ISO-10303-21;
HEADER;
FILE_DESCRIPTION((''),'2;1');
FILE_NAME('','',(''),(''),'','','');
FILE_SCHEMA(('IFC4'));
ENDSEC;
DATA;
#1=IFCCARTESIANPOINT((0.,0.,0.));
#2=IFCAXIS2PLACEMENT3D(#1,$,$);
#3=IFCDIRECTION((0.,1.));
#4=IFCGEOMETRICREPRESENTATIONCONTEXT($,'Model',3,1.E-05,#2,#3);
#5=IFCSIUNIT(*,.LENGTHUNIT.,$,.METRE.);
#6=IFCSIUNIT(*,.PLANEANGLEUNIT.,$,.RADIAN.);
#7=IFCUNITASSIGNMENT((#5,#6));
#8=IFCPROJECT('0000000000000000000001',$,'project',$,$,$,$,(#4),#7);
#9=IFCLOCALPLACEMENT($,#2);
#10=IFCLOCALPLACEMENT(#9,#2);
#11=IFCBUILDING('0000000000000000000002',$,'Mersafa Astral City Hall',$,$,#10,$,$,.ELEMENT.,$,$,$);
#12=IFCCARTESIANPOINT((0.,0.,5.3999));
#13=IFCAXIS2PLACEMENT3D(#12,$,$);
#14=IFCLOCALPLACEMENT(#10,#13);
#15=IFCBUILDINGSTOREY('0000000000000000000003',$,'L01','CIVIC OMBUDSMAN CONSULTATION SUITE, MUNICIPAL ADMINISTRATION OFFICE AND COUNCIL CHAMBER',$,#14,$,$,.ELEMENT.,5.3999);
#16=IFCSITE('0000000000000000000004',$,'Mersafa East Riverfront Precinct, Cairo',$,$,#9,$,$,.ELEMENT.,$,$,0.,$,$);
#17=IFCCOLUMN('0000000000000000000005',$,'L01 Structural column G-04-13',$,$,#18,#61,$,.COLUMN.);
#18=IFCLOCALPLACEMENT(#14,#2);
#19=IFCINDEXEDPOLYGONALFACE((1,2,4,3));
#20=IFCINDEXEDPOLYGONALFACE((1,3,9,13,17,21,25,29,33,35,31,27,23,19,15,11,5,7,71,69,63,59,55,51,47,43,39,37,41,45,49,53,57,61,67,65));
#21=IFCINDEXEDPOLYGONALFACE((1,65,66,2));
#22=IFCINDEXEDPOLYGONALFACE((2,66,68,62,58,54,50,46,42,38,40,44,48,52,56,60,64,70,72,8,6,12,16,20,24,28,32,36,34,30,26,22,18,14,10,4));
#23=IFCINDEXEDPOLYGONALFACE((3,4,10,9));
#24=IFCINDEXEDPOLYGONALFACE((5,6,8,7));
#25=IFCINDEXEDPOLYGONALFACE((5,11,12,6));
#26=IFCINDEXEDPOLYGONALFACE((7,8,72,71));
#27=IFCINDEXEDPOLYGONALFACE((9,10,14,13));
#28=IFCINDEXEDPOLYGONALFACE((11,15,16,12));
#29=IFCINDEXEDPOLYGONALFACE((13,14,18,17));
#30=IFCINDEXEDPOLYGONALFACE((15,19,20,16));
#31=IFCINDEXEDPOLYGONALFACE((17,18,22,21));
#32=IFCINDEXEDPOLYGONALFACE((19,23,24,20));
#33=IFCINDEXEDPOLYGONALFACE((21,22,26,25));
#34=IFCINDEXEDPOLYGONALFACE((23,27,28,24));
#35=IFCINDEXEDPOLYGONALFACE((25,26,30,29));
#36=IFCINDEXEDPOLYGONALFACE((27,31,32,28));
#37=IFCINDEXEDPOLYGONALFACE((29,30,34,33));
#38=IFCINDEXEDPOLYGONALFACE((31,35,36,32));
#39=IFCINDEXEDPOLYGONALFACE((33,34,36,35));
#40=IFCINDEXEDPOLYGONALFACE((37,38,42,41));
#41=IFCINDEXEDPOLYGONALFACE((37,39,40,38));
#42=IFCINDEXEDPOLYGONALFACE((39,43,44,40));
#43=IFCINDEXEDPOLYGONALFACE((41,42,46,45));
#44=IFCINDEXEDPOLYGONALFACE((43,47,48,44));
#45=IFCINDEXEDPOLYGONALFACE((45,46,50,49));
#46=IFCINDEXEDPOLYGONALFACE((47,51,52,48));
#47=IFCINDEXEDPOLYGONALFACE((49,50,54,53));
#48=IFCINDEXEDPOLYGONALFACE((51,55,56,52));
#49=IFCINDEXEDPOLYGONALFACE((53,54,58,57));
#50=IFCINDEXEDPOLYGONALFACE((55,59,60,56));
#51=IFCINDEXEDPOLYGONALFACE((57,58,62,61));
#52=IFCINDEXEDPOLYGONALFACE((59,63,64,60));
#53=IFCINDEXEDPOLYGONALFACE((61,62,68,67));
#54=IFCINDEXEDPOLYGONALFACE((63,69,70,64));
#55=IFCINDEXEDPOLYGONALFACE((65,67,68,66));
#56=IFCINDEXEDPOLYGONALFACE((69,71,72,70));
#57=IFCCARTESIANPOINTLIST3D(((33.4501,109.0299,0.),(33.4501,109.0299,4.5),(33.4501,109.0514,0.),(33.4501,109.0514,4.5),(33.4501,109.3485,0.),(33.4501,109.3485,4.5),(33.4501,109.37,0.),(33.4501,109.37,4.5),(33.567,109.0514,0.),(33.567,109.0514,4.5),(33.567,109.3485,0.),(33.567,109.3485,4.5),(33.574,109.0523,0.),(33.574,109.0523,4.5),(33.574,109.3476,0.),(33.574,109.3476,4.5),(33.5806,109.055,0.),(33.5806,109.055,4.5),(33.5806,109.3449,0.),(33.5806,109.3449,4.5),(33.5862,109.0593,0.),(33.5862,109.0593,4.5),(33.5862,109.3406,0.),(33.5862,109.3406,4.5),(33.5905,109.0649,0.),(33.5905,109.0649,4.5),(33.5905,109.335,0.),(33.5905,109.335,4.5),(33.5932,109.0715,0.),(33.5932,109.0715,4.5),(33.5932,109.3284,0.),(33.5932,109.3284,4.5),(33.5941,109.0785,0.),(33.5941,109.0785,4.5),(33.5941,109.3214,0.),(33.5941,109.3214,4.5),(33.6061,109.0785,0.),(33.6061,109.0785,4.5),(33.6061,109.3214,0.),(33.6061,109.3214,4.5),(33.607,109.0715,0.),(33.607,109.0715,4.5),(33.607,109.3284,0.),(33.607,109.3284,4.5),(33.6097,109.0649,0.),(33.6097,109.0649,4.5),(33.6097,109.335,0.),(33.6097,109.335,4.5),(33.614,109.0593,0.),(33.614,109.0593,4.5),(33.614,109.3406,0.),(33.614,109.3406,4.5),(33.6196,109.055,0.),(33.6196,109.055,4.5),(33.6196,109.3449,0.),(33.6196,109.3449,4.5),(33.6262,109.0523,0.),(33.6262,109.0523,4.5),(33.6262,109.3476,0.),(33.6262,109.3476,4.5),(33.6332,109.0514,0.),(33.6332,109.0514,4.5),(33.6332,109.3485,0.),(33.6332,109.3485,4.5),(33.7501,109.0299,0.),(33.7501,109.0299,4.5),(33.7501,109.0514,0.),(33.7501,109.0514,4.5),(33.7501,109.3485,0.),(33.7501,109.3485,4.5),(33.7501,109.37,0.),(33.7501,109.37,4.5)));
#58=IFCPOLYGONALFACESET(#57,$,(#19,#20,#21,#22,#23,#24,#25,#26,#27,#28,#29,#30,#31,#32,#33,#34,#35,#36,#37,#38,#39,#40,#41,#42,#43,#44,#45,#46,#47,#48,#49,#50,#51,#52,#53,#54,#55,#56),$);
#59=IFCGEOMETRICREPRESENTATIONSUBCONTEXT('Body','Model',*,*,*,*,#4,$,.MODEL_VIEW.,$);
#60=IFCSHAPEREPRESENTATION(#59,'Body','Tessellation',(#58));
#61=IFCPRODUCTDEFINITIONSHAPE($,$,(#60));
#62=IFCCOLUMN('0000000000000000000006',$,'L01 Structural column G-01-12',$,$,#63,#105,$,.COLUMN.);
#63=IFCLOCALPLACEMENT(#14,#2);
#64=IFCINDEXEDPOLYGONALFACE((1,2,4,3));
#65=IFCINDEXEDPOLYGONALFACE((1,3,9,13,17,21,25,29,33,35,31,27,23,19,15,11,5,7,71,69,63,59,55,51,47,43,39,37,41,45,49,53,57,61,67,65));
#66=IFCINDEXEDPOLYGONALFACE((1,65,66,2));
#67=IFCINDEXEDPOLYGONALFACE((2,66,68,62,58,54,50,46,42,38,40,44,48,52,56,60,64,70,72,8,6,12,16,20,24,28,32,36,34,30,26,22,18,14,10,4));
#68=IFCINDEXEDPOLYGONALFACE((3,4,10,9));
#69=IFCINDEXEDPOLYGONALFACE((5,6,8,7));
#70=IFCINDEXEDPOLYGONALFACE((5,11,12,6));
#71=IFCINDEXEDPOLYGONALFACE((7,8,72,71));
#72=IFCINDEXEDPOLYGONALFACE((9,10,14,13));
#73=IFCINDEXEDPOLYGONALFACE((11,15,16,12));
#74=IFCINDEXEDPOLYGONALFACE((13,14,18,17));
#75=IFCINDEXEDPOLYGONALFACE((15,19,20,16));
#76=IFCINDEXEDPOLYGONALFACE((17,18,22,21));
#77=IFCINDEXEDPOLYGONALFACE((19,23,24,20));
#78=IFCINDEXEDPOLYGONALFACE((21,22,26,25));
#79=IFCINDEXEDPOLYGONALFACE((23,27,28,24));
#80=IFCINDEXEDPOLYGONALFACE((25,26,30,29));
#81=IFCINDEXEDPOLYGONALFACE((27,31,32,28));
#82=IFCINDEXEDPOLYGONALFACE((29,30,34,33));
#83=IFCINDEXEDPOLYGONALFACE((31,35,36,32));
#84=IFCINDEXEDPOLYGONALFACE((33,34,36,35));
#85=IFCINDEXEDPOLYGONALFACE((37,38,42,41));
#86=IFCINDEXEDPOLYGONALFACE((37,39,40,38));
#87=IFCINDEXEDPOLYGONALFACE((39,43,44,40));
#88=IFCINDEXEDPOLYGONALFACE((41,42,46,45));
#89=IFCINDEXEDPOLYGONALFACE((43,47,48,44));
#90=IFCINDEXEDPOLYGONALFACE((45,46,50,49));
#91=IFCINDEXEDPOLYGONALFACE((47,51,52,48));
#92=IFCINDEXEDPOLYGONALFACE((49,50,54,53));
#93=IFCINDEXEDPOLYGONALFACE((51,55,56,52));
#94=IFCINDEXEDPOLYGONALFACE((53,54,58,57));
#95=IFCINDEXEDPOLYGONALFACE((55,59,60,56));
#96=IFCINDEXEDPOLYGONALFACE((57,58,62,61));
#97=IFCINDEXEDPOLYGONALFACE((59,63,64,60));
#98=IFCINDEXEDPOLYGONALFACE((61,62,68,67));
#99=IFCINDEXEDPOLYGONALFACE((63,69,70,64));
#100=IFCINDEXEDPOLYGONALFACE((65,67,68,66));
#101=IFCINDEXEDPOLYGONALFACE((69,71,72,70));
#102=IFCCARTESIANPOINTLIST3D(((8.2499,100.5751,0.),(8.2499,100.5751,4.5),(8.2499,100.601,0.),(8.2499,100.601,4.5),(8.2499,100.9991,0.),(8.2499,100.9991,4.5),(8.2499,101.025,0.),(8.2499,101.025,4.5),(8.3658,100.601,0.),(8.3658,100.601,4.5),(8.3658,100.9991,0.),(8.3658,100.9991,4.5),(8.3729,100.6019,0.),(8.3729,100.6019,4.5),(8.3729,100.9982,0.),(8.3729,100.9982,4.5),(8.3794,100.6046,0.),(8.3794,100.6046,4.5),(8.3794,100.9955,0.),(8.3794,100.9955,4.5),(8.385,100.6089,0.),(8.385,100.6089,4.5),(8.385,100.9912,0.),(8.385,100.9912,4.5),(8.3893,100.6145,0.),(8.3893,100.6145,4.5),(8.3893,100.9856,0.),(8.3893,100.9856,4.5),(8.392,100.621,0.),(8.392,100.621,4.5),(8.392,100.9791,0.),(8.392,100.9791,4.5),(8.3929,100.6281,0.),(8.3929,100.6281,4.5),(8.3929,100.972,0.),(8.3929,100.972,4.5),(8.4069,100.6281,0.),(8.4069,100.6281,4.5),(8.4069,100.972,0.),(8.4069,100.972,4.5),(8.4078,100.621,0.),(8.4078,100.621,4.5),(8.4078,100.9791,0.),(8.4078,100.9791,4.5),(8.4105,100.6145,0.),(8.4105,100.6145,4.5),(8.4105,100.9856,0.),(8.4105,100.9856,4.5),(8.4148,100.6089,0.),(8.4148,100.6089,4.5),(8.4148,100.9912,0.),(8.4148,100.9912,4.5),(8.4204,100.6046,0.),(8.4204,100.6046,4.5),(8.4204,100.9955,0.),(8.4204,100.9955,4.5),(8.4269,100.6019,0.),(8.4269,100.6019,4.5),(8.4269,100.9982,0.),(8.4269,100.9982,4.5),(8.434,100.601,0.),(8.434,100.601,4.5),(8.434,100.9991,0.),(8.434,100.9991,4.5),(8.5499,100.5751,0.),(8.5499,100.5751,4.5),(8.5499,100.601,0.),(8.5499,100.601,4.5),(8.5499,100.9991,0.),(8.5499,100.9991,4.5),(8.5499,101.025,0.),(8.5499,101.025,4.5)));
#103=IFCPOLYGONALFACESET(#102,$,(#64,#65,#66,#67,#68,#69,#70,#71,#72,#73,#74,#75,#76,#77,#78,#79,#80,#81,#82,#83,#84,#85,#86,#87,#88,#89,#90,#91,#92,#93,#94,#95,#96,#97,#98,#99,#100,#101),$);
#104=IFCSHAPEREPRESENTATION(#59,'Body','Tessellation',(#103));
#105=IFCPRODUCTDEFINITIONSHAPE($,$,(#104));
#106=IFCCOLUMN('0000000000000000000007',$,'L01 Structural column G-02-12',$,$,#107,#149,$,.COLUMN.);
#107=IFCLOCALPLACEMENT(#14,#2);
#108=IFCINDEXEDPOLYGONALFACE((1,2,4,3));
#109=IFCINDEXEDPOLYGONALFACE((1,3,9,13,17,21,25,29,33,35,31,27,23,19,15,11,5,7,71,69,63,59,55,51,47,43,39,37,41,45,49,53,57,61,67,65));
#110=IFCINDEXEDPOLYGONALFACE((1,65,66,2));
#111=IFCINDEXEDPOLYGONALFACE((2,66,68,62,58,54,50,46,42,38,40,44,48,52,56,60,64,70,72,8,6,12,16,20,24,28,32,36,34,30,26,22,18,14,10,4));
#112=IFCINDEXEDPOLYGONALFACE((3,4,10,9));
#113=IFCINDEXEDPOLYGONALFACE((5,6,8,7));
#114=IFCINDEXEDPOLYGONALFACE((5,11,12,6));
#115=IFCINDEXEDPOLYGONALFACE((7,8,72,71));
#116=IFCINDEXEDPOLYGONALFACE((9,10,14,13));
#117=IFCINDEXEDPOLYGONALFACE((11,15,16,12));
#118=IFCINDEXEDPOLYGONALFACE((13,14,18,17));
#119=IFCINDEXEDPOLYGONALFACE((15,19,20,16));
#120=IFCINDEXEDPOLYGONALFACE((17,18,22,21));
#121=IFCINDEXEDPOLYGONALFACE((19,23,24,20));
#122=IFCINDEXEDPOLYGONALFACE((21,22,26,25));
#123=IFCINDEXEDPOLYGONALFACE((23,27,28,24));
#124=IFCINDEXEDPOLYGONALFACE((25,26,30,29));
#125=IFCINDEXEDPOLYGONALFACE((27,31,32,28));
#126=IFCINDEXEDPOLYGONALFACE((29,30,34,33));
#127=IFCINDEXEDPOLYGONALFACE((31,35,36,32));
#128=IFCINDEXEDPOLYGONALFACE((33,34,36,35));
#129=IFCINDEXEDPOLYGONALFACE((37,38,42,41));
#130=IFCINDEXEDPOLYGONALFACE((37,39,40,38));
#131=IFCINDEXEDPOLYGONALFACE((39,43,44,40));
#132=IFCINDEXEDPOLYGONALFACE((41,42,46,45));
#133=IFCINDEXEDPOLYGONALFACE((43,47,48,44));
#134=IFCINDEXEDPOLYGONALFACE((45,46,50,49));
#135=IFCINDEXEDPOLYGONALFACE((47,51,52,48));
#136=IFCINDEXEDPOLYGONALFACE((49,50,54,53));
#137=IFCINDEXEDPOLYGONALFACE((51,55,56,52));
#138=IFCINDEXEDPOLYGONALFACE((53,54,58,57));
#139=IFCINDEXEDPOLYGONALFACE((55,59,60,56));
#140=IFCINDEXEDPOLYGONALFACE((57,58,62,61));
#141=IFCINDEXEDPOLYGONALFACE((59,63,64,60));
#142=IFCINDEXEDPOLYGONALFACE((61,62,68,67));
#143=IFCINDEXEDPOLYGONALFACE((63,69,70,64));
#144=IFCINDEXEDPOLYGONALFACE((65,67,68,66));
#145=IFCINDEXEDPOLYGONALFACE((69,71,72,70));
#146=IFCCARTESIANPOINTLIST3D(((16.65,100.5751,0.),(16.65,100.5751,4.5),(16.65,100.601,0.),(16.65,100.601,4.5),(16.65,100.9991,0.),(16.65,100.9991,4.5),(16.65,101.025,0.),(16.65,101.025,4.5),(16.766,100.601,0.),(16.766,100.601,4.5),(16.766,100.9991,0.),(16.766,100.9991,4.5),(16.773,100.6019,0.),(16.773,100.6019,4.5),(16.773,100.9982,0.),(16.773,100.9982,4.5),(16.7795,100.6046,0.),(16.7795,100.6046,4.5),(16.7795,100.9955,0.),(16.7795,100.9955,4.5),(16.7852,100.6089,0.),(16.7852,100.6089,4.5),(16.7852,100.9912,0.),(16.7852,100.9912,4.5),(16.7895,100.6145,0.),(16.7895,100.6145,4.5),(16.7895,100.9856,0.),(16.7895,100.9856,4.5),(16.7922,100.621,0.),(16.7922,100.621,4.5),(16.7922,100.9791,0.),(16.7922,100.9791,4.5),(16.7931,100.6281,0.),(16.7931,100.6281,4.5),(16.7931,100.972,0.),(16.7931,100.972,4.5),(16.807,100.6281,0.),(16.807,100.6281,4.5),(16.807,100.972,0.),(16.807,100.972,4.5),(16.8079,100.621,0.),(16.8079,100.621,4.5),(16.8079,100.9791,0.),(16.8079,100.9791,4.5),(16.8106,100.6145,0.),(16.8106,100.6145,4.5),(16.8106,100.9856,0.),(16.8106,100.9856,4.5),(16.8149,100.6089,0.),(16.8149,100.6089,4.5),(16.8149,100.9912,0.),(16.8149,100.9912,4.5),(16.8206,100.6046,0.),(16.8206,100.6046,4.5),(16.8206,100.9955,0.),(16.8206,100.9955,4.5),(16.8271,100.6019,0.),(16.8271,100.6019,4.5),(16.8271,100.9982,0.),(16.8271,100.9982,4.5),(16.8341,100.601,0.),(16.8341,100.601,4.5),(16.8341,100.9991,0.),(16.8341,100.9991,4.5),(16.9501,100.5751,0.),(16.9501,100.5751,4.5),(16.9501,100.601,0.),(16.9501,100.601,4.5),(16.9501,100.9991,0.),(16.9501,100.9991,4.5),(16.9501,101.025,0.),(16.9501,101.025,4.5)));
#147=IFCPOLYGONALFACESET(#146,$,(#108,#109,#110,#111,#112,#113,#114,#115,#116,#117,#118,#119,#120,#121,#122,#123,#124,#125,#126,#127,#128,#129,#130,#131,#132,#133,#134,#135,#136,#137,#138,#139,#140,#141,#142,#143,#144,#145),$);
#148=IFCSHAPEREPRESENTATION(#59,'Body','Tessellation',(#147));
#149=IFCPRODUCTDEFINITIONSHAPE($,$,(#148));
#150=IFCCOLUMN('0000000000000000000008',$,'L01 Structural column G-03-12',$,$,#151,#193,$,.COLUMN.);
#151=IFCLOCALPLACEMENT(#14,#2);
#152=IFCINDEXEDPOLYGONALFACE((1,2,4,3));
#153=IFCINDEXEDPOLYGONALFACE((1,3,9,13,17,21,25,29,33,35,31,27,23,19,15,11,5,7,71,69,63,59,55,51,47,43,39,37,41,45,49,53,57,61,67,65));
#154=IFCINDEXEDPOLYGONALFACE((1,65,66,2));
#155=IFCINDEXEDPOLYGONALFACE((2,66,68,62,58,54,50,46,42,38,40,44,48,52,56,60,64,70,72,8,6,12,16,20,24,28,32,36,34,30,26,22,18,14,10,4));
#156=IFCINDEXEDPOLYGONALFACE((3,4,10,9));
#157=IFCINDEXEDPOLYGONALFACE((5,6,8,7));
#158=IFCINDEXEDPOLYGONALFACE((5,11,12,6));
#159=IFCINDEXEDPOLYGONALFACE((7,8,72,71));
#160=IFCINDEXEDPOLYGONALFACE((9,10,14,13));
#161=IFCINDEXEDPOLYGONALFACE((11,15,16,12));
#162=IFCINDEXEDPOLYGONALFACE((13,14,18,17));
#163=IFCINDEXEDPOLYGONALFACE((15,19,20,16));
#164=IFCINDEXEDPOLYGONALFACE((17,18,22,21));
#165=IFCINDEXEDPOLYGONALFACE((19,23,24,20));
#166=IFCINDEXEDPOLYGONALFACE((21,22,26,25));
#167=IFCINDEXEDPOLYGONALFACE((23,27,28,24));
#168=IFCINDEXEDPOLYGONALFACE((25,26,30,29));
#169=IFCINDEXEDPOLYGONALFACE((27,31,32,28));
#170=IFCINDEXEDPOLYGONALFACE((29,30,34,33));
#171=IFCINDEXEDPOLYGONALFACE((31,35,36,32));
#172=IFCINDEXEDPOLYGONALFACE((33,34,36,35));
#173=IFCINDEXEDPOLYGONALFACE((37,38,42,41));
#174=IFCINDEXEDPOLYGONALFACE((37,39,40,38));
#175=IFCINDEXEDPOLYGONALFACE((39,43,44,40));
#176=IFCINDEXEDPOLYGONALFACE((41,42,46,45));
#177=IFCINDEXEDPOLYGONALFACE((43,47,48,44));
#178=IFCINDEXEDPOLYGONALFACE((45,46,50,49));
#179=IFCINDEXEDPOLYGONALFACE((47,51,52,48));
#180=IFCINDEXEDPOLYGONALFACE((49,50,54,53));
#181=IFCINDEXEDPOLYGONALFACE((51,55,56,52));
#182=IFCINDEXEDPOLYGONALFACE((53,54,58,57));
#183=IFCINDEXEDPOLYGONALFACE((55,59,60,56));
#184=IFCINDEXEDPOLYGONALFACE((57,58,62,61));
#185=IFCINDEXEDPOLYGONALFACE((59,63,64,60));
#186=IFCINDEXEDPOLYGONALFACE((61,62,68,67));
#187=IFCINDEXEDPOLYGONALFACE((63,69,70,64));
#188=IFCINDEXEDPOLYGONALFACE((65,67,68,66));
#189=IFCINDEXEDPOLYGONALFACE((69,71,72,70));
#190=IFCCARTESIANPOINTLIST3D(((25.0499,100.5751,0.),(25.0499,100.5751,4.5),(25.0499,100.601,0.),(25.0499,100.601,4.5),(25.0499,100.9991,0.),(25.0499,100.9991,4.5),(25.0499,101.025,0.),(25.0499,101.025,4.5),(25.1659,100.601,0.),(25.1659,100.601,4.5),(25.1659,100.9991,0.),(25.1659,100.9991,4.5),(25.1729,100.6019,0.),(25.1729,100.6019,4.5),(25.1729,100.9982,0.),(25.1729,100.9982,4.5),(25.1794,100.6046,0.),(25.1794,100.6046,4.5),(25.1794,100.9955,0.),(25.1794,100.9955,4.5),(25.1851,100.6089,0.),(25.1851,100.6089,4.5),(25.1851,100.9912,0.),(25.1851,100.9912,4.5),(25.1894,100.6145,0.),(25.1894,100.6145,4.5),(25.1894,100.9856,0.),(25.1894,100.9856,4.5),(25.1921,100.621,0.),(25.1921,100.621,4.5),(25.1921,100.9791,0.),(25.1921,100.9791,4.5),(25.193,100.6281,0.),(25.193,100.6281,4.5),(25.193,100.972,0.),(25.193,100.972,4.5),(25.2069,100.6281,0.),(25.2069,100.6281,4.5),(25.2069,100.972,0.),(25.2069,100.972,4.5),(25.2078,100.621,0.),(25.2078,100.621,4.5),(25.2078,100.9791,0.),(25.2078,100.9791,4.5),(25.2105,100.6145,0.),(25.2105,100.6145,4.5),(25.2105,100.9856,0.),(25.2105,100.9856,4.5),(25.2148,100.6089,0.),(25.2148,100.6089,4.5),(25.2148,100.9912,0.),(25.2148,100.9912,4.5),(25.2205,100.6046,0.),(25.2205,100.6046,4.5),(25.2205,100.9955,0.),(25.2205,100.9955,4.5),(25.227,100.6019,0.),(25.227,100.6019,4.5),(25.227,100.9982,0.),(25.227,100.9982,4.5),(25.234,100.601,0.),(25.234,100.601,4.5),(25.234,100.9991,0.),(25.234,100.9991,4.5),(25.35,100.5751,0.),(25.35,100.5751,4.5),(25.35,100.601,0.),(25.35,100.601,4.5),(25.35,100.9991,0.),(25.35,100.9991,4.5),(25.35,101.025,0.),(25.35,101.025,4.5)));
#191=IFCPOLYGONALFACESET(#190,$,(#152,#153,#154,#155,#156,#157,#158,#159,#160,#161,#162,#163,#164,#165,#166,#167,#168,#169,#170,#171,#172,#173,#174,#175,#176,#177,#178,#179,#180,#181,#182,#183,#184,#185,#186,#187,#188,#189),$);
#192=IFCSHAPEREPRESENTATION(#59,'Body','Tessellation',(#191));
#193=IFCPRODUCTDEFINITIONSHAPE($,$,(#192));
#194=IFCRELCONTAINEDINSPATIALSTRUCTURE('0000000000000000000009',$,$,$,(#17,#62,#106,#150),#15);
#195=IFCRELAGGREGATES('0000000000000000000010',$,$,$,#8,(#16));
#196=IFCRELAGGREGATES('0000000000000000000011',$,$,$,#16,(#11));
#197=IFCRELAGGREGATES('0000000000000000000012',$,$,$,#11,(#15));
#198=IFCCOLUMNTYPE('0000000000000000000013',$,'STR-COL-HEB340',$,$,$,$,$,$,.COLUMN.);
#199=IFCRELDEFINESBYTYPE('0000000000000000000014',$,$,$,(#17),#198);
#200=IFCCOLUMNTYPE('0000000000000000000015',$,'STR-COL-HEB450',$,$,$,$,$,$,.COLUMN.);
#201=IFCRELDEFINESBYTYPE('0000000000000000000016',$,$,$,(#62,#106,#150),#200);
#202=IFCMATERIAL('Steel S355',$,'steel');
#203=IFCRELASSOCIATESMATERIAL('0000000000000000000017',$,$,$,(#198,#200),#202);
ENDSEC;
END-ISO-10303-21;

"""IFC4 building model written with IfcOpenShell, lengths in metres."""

from ifc_helpers import new_model, si_unit, direction, frame, origin, origin_2d, place, context, subcontext, project, spatial, i_section, extrude, material, material_profile, profile_set, type_object, element, save


model = new_model("IFC4")

# Units and contexts
model_context = context("Model", 3, precision=1e-05, world=origin(), true_north=direction((0.0, 1.0)))
body_context = subcontext(model_context, "Body", "Model", "MODEL_VIEW")
ifc_project = project(units=[si_unit("LENGTHUNIT", "METRE"), si_unit("PLANEANGLEUNIT", "RADIAN")], contexts=[model_context])

# Site, building, storey
site_placement = place(None, origin())
site = spatial("IfcSite", under=ifc_project, at=site_placement, Name="Mersafa East Riverfront Precinct, Cairo", CompositionType="ELEMENT", RefElevation=0.0)
building_placement = place(site_placement, origin())
building = spatial("IfcBuilding", under=site, at=building_placement, Name="Mersafa Astral City Hall", CompositionType="ELEMENT")
storey_placement = place(building_placement, frame((0.0, 0.0, 5.3999)))
storey = spatial("IfcBuildingStorey", under=building, at=storey_placement, Name="L01", Description="CIVIC OMBUDSMAN CONSULTATION SUITE, MUNICIPAL ADMINISTRATION OFFICE AND COUNCIL CHAMBER", CompositionType="ELEMENT", Elevation=5.3999)

# Columns
ifc_material_1 = material(Name="Steel S355", Category="steel")
ifc_material_profile_1 = material_profile(ifc_material_1, i_section(OverallWidth=0.3, OverallDepth=0.3401, WebThickness=0.012, FlangeThickness=0.0215, FilletRadius=0.0271, at=origin_2d()), Name="HEB 340")
ifc_profile_set_1 = profile_set([ifc_material_profile_1], Name="Steel S355")
column_type_1 = type_object("IfcColumnType", Name="STR-COL-HEB340", PredefinedType="COLUMN", material=ifc_profile_set_1)
column_placement = place(storey_placement, frame((33.6001, 109.2, 0.0), z_axis=(0.0, 0.0, 1.0), x_axis=(1.0, 0.0, 0.0)))
element("IfcColumn", 1, at=column_placement, inside=storey, type_object=column_type_1, Name="L01 Structural column G-04-13", PredefinedType="COLUMN", context=body_context, shape_type="SweptSolid", body=[
    extrude(i_section(OverallWidth=0.3, OverallDepth=0.3401, WebThickness=0.012, FlangeThickness=0.0215, FilletRadius=0.0271, at=origin_2d()), origin(), (0.0, 0.0, 1.0), 4.5),
])
ifc_material_profile_2 = material_profile(ifc_material_1, i_section(OverallWidth=0.3, OverallDepth=0.45, WebThickness=0.0139, FlangeThickness=0.0259, FilletRadius=0.0271, at=origin_2d()), Name="HEB 450")
ifc_profile_set_2 = profile_set([ifc_material_profile_2], Name="Steel S355")
column_type_2 = type_object("IfcColumnType", Name="STR-COL-HEB450", PredefinedType="COLUMN", material=ifc_profile_set_2)
for number, where, z_axis, x_axis, name in (
    (2, (8.3999, 100.8, 0.0), (0.0, 0.0, 1.0), (1.0, 0.0, 0.0), "L01 Structural column G-01-12"),
    (3, (16.8, 100.8, 0.0), (0.0, 0.0, 1.0), (1.0, 0.0, 0.0), "L01 Structural column G-02-12"),
    (4, (25.2, 100.8, 0.0), (0.0, 0.0, 1.0), (1.0, 0.0, 0.0), "L01 Structural column G-03-12"),
):
    element("IfcColumn", number, at=place(storey_placement, frame(where, z_axis=z_axis, x_axis=x_axis)), inside=storey, type_object=column_type_2, Name=name, PredefinedType="COLUMN", context=body_context, shape_type="SweptSolid", body=[
        extrude(i_section(OverallWidth=0.3, OverallDepth=0.45, WebThickness=0.0139, FlangeThickness=0.0259, FilletRadius=0.0271, at=origin_2d()), origin(), (0.0, 0.0, 1.0), 4.5),
    ])

save(model, "model.ifc")
